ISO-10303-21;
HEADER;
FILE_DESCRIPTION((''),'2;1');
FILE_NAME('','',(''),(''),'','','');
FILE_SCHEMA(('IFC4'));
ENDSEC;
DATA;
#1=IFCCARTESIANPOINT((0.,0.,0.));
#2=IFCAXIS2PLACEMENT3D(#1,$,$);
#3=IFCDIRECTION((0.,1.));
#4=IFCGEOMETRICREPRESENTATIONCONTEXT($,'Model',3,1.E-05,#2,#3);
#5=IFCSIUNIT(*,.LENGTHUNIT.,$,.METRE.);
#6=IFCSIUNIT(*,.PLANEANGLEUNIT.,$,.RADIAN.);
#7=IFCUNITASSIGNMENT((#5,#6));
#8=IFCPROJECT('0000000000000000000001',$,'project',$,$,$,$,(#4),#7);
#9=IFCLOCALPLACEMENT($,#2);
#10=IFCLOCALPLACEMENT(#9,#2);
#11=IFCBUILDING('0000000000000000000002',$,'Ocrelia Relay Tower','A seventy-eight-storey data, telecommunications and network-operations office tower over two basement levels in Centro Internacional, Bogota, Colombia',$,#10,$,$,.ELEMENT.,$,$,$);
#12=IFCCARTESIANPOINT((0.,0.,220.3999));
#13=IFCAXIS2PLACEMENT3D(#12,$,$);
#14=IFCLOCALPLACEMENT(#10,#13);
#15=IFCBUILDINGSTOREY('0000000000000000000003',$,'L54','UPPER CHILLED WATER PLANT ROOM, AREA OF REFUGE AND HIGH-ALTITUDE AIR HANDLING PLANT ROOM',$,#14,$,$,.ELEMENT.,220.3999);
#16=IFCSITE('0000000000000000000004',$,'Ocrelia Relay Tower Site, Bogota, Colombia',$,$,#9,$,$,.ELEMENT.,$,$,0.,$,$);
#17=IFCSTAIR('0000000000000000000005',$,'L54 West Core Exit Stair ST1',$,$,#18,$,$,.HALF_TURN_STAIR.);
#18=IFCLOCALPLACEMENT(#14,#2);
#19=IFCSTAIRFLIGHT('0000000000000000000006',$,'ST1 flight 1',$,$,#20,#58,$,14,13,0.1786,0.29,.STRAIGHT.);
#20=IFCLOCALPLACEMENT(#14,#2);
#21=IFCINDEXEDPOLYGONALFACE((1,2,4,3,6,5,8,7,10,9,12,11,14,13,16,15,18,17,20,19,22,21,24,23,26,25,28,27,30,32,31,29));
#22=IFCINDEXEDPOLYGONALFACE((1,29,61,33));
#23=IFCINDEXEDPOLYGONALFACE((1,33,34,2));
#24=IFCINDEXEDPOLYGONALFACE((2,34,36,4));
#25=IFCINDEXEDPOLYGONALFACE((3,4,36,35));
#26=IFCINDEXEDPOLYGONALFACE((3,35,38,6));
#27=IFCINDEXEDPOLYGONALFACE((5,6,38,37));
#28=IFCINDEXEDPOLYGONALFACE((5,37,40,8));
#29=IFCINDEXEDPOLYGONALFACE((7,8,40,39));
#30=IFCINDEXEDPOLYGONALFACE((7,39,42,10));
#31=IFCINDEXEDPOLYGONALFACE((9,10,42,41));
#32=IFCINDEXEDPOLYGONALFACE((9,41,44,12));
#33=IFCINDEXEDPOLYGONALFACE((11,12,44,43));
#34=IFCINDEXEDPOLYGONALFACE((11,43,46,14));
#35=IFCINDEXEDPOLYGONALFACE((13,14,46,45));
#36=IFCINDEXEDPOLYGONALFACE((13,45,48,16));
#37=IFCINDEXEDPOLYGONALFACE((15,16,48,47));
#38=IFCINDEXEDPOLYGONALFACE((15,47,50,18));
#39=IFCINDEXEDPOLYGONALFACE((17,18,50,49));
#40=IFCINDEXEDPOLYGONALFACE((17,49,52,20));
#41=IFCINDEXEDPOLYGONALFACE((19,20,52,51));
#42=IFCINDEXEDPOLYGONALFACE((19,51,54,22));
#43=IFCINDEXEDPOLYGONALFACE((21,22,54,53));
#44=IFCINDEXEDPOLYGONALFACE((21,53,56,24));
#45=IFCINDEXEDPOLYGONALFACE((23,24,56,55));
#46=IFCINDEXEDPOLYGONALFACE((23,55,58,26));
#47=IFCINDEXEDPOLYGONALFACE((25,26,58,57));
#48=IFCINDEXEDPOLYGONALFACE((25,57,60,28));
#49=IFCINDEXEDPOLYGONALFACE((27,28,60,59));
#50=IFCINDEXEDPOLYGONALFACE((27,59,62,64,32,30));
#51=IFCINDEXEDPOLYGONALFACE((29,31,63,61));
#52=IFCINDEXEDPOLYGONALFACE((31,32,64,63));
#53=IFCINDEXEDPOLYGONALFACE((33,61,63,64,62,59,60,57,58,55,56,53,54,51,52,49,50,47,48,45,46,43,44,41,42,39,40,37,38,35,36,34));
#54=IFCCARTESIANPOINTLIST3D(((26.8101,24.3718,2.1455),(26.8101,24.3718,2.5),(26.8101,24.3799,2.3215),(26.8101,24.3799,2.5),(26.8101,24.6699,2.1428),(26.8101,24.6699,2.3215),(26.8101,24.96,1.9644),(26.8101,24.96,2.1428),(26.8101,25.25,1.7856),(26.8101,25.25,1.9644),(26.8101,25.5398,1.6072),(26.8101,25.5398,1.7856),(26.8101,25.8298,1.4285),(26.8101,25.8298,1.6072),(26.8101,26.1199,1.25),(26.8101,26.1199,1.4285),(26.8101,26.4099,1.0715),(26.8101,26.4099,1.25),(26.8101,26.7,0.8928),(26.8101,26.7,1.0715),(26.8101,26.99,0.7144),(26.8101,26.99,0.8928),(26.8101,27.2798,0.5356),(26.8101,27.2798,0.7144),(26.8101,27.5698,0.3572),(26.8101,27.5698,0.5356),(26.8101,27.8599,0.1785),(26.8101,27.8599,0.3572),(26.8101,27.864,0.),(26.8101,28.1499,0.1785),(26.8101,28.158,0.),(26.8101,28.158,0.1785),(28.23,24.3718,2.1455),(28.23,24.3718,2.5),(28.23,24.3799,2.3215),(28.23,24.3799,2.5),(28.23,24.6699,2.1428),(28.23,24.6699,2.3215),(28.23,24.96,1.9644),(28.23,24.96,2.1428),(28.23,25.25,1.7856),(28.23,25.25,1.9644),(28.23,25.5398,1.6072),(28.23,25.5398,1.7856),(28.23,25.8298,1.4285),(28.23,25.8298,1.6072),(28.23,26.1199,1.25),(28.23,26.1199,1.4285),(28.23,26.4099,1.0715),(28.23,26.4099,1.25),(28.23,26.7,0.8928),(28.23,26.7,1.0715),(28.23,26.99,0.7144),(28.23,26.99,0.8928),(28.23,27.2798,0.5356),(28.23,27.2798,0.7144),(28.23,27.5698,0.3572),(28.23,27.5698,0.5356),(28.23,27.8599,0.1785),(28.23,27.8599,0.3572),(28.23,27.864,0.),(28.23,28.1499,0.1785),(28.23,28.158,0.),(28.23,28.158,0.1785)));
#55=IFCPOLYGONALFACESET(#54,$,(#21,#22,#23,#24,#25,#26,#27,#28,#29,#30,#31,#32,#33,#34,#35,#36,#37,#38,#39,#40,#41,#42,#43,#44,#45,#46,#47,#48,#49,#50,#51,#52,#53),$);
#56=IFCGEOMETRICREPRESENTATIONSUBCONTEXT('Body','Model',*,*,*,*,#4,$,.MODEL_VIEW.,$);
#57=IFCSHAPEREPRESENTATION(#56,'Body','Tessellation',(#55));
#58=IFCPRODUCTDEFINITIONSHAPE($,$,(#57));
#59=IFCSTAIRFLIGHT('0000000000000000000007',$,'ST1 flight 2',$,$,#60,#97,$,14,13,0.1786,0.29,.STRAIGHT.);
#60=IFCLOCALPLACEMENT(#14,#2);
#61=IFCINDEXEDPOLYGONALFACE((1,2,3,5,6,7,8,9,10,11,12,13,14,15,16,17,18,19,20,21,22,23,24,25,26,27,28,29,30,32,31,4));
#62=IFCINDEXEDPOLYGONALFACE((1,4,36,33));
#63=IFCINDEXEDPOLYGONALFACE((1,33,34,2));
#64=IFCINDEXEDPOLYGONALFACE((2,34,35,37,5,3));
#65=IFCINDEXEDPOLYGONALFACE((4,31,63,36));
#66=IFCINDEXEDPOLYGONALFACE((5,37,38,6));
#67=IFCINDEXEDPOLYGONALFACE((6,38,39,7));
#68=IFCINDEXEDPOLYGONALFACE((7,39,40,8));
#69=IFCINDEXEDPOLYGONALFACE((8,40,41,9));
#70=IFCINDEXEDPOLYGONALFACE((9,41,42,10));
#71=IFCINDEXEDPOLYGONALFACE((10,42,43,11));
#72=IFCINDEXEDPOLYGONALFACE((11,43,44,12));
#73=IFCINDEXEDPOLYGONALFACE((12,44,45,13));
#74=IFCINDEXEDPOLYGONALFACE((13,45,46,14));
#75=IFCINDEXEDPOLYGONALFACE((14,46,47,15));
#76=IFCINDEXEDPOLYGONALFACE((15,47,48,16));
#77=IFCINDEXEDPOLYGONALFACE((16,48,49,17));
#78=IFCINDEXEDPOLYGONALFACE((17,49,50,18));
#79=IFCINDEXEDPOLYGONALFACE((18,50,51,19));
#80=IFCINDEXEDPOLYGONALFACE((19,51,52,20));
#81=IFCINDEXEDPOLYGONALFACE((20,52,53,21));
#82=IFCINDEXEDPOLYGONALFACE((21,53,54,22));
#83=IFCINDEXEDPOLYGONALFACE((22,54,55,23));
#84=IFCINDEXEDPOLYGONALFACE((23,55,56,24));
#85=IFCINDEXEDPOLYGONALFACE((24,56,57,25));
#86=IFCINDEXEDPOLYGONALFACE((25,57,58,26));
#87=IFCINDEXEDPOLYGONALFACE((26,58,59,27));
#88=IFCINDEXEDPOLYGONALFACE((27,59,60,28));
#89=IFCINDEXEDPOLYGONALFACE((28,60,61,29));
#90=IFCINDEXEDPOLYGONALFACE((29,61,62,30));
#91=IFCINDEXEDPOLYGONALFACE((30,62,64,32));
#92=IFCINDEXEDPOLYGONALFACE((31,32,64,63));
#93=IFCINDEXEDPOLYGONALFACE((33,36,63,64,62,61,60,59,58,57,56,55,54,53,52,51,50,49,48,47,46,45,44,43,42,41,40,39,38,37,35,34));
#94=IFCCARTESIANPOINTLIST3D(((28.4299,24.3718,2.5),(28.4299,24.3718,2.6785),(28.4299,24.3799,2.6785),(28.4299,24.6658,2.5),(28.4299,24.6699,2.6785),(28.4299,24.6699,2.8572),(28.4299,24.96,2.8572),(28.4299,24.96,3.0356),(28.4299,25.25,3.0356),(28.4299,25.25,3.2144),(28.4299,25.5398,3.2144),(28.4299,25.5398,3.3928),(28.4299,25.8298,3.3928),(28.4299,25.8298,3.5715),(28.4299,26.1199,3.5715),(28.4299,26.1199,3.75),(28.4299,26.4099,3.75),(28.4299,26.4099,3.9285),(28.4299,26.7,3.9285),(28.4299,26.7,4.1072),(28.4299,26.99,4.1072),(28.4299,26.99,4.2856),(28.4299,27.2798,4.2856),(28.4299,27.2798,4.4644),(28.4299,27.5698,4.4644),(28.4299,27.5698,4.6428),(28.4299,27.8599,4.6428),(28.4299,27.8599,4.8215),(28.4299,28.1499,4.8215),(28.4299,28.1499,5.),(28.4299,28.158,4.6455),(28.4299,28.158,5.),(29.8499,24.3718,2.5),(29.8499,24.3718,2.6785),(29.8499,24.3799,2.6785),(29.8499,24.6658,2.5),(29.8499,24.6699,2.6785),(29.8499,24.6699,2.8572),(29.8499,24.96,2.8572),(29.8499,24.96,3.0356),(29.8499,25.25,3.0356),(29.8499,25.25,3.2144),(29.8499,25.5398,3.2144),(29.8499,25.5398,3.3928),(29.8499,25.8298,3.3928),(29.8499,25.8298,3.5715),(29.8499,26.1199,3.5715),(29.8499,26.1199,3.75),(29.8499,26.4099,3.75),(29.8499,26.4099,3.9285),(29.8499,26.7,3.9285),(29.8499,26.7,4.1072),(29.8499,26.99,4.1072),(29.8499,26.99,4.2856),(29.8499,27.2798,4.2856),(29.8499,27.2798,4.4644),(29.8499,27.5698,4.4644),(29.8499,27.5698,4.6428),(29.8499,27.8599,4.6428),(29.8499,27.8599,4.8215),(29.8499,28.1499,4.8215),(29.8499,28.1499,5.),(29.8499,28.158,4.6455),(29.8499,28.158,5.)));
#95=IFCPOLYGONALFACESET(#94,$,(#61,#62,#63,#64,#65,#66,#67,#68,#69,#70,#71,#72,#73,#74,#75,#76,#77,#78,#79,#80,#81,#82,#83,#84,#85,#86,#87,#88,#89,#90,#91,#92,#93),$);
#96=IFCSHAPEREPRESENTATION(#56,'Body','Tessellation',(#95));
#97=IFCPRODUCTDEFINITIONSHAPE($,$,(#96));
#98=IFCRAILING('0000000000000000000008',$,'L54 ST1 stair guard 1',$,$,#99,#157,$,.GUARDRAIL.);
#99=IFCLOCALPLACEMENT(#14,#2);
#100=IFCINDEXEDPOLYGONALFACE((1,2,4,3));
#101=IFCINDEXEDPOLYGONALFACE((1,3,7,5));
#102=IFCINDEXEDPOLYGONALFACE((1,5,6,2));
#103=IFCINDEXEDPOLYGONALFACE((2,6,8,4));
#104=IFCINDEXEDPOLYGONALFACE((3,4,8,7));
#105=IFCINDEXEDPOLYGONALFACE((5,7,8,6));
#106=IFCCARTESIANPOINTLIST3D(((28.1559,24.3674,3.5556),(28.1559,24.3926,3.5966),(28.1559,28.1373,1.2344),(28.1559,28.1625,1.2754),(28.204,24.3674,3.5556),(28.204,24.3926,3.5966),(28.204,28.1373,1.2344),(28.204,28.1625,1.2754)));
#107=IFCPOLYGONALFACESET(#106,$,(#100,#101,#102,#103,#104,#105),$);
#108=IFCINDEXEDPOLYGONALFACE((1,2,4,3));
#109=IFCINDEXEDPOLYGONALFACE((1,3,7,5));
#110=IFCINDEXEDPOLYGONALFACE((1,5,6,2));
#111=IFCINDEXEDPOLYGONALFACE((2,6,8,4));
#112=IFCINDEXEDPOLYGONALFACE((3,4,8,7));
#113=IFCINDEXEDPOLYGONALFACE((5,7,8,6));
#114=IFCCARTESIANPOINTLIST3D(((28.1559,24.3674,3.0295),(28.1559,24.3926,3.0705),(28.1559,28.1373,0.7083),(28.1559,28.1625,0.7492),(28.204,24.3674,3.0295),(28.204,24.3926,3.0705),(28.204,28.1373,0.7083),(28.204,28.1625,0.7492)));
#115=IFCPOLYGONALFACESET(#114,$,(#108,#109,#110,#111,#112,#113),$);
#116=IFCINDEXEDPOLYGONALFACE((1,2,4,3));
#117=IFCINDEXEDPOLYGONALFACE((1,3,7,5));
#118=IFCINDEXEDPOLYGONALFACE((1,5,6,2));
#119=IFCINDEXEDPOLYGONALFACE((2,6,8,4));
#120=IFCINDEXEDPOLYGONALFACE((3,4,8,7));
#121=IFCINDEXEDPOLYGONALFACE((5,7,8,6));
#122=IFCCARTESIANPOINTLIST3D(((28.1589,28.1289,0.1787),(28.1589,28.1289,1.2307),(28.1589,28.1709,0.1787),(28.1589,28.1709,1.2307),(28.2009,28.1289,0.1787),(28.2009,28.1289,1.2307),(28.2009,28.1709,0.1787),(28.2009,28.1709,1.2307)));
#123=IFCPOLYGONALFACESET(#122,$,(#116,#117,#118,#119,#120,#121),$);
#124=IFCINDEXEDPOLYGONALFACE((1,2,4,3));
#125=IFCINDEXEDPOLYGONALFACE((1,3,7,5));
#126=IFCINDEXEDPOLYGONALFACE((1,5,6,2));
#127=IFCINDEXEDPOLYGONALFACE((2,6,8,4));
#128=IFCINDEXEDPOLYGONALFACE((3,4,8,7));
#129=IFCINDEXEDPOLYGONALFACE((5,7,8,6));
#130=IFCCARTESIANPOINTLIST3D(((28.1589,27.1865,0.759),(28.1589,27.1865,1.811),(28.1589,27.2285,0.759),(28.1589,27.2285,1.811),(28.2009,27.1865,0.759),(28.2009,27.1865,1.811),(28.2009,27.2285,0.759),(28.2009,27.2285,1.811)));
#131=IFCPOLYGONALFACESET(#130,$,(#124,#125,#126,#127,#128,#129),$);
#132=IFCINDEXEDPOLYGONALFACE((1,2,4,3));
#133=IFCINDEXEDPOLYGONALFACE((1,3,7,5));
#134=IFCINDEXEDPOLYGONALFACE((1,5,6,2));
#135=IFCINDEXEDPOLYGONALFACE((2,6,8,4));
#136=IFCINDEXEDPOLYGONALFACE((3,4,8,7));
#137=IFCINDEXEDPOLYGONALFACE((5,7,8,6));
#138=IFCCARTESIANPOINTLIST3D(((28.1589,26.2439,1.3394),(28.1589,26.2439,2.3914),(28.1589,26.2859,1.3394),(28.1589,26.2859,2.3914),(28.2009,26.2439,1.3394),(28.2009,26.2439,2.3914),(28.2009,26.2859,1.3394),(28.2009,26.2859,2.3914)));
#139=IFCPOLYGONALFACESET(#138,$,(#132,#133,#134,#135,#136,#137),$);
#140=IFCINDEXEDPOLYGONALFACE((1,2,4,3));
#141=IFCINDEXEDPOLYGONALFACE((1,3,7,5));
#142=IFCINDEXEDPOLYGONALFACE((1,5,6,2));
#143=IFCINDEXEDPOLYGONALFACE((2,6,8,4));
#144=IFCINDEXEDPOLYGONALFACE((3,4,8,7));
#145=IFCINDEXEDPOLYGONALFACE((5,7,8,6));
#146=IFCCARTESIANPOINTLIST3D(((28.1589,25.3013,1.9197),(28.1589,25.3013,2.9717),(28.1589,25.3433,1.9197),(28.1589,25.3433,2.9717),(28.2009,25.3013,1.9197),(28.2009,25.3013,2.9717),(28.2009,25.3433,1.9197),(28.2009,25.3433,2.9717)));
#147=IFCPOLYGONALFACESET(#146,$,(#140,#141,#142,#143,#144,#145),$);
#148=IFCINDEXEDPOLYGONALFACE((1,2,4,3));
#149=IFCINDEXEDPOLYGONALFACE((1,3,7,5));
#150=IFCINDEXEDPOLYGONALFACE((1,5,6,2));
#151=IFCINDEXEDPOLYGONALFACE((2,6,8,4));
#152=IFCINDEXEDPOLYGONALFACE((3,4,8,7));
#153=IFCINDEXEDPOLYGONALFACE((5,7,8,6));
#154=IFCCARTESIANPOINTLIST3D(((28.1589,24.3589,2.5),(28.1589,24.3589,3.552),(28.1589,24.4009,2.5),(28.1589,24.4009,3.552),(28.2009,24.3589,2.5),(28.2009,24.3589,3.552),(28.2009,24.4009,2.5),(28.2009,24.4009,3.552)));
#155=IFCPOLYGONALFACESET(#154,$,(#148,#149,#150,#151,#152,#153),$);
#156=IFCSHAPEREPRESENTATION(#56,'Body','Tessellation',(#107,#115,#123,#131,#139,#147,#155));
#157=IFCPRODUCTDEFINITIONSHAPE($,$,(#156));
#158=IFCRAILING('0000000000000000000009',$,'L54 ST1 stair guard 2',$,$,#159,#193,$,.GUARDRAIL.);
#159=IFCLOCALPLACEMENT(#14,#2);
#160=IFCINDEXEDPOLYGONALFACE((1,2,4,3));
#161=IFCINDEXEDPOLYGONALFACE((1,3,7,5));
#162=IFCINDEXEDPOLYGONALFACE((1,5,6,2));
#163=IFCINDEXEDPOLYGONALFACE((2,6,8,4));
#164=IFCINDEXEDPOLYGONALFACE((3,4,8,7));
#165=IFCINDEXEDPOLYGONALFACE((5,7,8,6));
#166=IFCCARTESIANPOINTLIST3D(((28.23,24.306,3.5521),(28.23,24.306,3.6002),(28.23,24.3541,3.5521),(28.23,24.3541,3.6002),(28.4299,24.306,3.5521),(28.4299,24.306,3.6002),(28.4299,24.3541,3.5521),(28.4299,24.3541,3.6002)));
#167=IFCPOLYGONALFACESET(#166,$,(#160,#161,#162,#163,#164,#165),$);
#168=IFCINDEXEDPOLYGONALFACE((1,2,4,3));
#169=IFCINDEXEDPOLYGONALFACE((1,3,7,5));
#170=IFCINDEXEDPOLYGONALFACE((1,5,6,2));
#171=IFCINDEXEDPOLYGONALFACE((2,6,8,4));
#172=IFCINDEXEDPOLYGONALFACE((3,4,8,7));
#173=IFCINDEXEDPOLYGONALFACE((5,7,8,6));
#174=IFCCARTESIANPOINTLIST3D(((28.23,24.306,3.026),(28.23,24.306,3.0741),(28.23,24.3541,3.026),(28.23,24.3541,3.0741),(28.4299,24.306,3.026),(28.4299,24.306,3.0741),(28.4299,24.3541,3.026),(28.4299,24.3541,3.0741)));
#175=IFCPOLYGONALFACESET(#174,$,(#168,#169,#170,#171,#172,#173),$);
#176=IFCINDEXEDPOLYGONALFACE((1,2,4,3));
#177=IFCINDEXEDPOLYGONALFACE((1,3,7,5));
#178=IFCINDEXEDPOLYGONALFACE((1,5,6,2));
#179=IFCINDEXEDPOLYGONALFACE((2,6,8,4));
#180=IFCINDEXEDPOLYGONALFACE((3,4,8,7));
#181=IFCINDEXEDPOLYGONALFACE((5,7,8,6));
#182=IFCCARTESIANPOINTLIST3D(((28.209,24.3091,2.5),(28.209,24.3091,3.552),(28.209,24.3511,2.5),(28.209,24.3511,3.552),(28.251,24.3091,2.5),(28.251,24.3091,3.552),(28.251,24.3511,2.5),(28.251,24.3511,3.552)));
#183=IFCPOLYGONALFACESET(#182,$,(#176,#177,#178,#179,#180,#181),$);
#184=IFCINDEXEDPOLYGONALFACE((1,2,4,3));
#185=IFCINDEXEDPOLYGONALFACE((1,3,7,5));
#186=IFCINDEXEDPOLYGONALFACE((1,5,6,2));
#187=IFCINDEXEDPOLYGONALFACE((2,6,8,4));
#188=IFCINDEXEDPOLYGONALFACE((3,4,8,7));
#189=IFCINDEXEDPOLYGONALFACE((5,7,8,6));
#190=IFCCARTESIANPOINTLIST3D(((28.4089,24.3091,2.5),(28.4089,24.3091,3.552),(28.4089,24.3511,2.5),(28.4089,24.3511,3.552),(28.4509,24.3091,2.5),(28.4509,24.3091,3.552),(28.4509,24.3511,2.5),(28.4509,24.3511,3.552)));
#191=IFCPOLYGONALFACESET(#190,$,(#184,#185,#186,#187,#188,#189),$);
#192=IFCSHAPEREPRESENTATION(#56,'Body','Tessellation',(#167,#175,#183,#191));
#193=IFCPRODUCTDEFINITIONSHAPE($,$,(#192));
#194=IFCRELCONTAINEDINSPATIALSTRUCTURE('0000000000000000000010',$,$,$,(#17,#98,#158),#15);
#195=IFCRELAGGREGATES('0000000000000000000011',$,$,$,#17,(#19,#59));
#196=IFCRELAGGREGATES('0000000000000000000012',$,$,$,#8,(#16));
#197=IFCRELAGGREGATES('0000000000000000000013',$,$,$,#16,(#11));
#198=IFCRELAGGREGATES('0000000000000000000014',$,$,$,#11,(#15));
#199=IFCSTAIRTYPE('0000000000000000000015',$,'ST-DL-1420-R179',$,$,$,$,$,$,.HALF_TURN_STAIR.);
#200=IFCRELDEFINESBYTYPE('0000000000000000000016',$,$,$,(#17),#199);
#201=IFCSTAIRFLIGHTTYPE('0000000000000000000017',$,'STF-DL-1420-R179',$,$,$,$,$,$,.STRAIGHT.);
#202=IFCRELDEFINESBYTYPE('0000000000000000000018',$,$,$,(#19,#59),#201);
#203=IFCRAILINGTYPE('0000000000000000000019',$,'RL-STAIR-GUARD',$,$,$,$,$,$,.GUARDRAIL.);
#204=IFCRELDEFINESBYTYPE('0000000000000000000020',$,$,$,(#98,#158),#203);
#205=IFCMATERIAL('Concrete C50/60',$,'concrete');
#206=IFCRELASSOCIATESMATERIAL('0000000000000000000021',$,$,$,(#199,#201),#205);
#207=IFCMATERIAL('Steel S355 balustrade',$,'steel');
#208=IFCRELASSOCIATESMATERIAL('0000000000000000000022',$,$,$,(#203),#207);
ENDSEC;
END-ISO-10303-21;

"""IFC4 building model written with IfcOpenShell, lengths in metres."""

from ifc_helpers import new_model, si_unit, direction, frame, origin, origin_2d, place, context, subcontext, project, spatial, polyline, rectangle, outline, extrude, material, type_object, element, aggregate, save


model = new_model("IFC4")

# Units and contexts
model_context = context("Model", 3, precision=1e-05, world=origin(), true_north=direction((0.0, 1.0)))
body_context = subcontext(model_context, "Body", "Model", "MODEL_VIEW")
ifc_project = project(units=[si_unit("LENGTHUNIT", "METRE"), si_unit("PLANEANGLEUNIT", "RADIAN")], contexts=[model_context])

# Site, building, storey
site_placement = place(None, origin())
site = spatial("IfcSite", under=ifc_project, at=site_placement, Name="Ocrelia Relay Tower Site, Bogota, Colombia", CompositionType="ELEMENT", RefElevation=0.0)
building_placement = place(site_placement, origin())
building = spatial("IfcBuilding", under=site, at=building_placement, Name="Ocrelia Relay Tower", Description="A seventy-eight-storey data, telecommunications and network-operations office tower over two basement levels in Centro Internacional, Bogota, Colombia", CompositionType="ELEMENT")
storey_placement = place(building_placement, frame((0.0, 0.0, 220.3999)))
storey = spatial("IfcBuildingStorey", under=building, at=storey_placement, Name="L54", Description="UPPER CHILLED WATER PLANT ROOM, AREA OF REFUGE AND HIGH-ALTITUDE AIR HANDLING PLANT ROOM", CompositionType="ELEMENT", Elevation=220.3999)

# Shared definitions
ifc_material_1 = material(Name="Concrete C50/60", Category="concrete")

# Stair, stair flights
stair_type = type_object("IfcStairType", Name="ST-DL-1420-R179", PredefinedType="HALF_TURN_STAIR", material=ifc_material_1)
stair_placement = place(storey_placement, origin())
stair = element("IfcStair", 1, at=stair_placement, inside=storey, type_object=stair_type, Name="L54 West Core Exit Stair ST1", PredefinedType="HALF_TURN_STAIR")
stair_flight_type = type_object("IfcStairFlightType", Name="STF-DL-1420-R179", PredefinedType="STRAIGHT", material=ifc_material_1)
stair_flight_1_placement = place(storey_placement, frame((27.52, 28.1499, 0.0), z_axis=(0.0, 0.0, 1.0), x_axis=(0.0, -1.0, 0.0)))
stair_flight_1 = element("IfcStairFlight", 2, at=stair_flight_1_placement, type_object=stair_flight_type, Name="ST1 flight 1", NumberOfRisers=14, NumberOfTreads=13, PredefinedType="STRAIGHT", RiserHeight=0.1786, TreadLength=0.29, context=body_context, shape_type="SweptSolid", body=[
    extrude(outline(polyline([(-0.0081, 0.0), (-0.0081, 0.1785), (0.0, 0.1785), (0.29, 0.1785), (0.29, 0.3572), (0.5801, 0.3572), (0.5801, 0.5356), (0.8701, 0.5356), (0.8701, 0.7144), (1.1599, 0.7144), (1.1599, 0.8928), (1.45, 0.8928), (1.45, 1.0715), (1.74, 1.0715), (1.74, 1.25), (2.03, 1.25), (2.03, 1.4285), (2.3201, 1.4285), (2.3201, 1.6072), (2.6101, 1.6072), (2.6101, 1.7856), (2.8999, 1.7856), (2.8999, 1.9644), (3.1899, 1.9644), (3.1899, 2.1428), (3.48, 2.1428), (3.48, 2.3215), (3.77, 2.3215), (3.77, 2.5), (3.7781, 2.5), (3.7781, 2.1455), (0.2859, 0.0), (-0.0081, 0.0)])), frame((0.0, 0.71, 0.0), z_axis=(0.0, -1.0, 0.0), x_axis=(1.0, 0.0, 0.0)), (0.0, 0.0, 1.0), 1.4199),
])
stair_flight_2_placement = place(storey_placement, frame((29.1399, 24.3799, 2.5), z_axis=(0.0, 0.0, 1.0), x_axis=(0.0, 1.0, 0.0)))
stair_flight_2 = element("IfcStairFlight", 3, at=stair_flight_2_placement, type_object=stair_flight_type, Name="ST1 flight 2", NumberOfRisers=14, NumberOfTreads=13, PredefinedType="STRAIGHT", RiserHeight=0.1786, TreadLength=0.29, context=body_context, shape_type="SweptSolid", body=[
    extrude(outline(polyline([(-0.0081, 0.0), (-0.0081, 0.1785), (0.0, 0.1785), (0.29, 0.1785), (0.29, 0.3572), (0.5801, 0.3572), (0.5801, 0.5356), (0.8701, 0.5356), (0.8701, 0.7144), (1.1599, 0.7144), (1.1599, 0.8928), (1.45, 0.8928), (1.45, 1.0715), (1.74, 1.0715), (1.74, 1.25), (2.03, 1.25), (2.03, 1.4285), (2.3201, 1.4285), (2.3201, 1.6072), (2.6101, 1.6072), (2.6101, 1.7856), (2.8999, 1.7856), (2.8999, 1.9644), (3.1899, 1.9644), (3.1899, 2.1428), (3.48, 2.1428), (3.48, 2.3215), (3.77, 2.3215), (3.77, 2.5), (3.7781, 2.5), (3.7781, 2.1455), (0.2859, 0.0), (-0.0081, 0.0)])), frame((0.0, 0.71, 0.0), z_axis=(0.0, -1.0, 0.0), x_axis=(1.0, 0.0, 0.0)), (0.0, 0.0, 1.0), 1.4199),
])
aggregate(stair, [stair_flight_1, stair_flight_2])

# Railings
ifc_material_2 = material(Name="Steel S355 balustrade", Category="steel")
railing_type_1 = type_object("IfcRailingType", Name="RL-STAIR-GUARD", PredefinedType="GUARDRAIL", material=ifc_material_2)
railing_1_placement = place(storey_placement, frame((28.1799, 28.1499, 0.1787)))
element("IfcRailing", 4, at=railing_1_placement, inside=storey, type_object=railing_type_1, Name="L54 ST1 stair guard 1", PredefinedType="GUARDRAIL", context=body_context, shape_type="SweptSolid", body=[
    extrude(rectangle(XDim=0.0481, YDim=0.0481, at=origin_2d()), frame((0.0, 0.0, 1.0762), z_axis=(0.0, -0.85153, 0.524307), x_axis=(1.0, 0.0, 0.0)), (0.0, 0.0, 1.0), 4.4272),
    extrude(rectangle(XDim=0.0481, YDim=0.0481, at=origin_2d()), frame((0.0, 0.0, 0.55), z_axis=(0.0, -0.85153, 0.524307), x_axis=(1.0, 0.0, 0.0)), (0.0, 0.0, 1.0), 4.4272),
    extrude(rectangle(XDim=0.042, YDim=0.042, at=origin_2d()), origin(), (0.0, 0.0, 1.0), 1.052),
    extrude(rectangle(XDim=0.042, YDim=0.042, at=origin_2d()), frame((0.0, -0.9424, 0.5803)), (0.0, 0.0, 1.0), 1.052),
    extrude(rectangle(XDim=0.042, YDim=0.042, at=origin_2d()), frame((0.0, -1.885, 1.1606)), (0.0, 0.0, 1.0), 1.052),
    extrude(rectangle(XDim=0.042, YDim=0.042, at=origin_2d()), frame((0.0, -2.8276, 1.741)), (0.0, 0.0, 1.0), 1.052),
    extrude(rectangle(XDim=0.042, YDim=0.042, at=origin_2d()), frame((0.0, -3.77, 2.3213)), (0.0, 0.0, 1.0), 1.052),
])
railing_2_placement = place(storey_placement, frame((28.23, 24.3301, 2.5)))
element("IfcRailing", 5, at=railing_2_placement, inside=storey, type_object=railing_type_1, Name="L54 ST1 stair guard 2", PredefinedType="GUARDRAIL", context=body_context, shape_type="SweptSolid", body=[
    extrude(rectangle(XDim=0.0481, YDim=0.0481, at=origin_2d()), frame((0.0, 0.0, 1.0762), z_axis=(1.0, 0.0, 0.0), x_axis=(0.0, 1.0, 0.0)), (0.0, 0.0, 1.0), 0.2),
    extrude(rectangle(XDim=0.0481, YDim=0.0481, at=origin_2d()), frame((0.0, 0.0, 0.55), z_axis=(1.0, 0.0, 0.0), x_axis=(0.0, 1.0, 0.0)), (0.0, 0.0, 1.0), 0.2),
    extrude(rectangle(XDim=0.042, YDim=0.042, at=origin_2d()), origin(), (0.0, 0.0, 1.0), 1.052),
    extrude(rectangle(XDim=0.042, YDim=0.042, at=origin_2d()), frame((0.2, 0.0, 0.0)), (0.0, 0.0, 1.0), 1.052),
])

save(model, "model.ifc")
